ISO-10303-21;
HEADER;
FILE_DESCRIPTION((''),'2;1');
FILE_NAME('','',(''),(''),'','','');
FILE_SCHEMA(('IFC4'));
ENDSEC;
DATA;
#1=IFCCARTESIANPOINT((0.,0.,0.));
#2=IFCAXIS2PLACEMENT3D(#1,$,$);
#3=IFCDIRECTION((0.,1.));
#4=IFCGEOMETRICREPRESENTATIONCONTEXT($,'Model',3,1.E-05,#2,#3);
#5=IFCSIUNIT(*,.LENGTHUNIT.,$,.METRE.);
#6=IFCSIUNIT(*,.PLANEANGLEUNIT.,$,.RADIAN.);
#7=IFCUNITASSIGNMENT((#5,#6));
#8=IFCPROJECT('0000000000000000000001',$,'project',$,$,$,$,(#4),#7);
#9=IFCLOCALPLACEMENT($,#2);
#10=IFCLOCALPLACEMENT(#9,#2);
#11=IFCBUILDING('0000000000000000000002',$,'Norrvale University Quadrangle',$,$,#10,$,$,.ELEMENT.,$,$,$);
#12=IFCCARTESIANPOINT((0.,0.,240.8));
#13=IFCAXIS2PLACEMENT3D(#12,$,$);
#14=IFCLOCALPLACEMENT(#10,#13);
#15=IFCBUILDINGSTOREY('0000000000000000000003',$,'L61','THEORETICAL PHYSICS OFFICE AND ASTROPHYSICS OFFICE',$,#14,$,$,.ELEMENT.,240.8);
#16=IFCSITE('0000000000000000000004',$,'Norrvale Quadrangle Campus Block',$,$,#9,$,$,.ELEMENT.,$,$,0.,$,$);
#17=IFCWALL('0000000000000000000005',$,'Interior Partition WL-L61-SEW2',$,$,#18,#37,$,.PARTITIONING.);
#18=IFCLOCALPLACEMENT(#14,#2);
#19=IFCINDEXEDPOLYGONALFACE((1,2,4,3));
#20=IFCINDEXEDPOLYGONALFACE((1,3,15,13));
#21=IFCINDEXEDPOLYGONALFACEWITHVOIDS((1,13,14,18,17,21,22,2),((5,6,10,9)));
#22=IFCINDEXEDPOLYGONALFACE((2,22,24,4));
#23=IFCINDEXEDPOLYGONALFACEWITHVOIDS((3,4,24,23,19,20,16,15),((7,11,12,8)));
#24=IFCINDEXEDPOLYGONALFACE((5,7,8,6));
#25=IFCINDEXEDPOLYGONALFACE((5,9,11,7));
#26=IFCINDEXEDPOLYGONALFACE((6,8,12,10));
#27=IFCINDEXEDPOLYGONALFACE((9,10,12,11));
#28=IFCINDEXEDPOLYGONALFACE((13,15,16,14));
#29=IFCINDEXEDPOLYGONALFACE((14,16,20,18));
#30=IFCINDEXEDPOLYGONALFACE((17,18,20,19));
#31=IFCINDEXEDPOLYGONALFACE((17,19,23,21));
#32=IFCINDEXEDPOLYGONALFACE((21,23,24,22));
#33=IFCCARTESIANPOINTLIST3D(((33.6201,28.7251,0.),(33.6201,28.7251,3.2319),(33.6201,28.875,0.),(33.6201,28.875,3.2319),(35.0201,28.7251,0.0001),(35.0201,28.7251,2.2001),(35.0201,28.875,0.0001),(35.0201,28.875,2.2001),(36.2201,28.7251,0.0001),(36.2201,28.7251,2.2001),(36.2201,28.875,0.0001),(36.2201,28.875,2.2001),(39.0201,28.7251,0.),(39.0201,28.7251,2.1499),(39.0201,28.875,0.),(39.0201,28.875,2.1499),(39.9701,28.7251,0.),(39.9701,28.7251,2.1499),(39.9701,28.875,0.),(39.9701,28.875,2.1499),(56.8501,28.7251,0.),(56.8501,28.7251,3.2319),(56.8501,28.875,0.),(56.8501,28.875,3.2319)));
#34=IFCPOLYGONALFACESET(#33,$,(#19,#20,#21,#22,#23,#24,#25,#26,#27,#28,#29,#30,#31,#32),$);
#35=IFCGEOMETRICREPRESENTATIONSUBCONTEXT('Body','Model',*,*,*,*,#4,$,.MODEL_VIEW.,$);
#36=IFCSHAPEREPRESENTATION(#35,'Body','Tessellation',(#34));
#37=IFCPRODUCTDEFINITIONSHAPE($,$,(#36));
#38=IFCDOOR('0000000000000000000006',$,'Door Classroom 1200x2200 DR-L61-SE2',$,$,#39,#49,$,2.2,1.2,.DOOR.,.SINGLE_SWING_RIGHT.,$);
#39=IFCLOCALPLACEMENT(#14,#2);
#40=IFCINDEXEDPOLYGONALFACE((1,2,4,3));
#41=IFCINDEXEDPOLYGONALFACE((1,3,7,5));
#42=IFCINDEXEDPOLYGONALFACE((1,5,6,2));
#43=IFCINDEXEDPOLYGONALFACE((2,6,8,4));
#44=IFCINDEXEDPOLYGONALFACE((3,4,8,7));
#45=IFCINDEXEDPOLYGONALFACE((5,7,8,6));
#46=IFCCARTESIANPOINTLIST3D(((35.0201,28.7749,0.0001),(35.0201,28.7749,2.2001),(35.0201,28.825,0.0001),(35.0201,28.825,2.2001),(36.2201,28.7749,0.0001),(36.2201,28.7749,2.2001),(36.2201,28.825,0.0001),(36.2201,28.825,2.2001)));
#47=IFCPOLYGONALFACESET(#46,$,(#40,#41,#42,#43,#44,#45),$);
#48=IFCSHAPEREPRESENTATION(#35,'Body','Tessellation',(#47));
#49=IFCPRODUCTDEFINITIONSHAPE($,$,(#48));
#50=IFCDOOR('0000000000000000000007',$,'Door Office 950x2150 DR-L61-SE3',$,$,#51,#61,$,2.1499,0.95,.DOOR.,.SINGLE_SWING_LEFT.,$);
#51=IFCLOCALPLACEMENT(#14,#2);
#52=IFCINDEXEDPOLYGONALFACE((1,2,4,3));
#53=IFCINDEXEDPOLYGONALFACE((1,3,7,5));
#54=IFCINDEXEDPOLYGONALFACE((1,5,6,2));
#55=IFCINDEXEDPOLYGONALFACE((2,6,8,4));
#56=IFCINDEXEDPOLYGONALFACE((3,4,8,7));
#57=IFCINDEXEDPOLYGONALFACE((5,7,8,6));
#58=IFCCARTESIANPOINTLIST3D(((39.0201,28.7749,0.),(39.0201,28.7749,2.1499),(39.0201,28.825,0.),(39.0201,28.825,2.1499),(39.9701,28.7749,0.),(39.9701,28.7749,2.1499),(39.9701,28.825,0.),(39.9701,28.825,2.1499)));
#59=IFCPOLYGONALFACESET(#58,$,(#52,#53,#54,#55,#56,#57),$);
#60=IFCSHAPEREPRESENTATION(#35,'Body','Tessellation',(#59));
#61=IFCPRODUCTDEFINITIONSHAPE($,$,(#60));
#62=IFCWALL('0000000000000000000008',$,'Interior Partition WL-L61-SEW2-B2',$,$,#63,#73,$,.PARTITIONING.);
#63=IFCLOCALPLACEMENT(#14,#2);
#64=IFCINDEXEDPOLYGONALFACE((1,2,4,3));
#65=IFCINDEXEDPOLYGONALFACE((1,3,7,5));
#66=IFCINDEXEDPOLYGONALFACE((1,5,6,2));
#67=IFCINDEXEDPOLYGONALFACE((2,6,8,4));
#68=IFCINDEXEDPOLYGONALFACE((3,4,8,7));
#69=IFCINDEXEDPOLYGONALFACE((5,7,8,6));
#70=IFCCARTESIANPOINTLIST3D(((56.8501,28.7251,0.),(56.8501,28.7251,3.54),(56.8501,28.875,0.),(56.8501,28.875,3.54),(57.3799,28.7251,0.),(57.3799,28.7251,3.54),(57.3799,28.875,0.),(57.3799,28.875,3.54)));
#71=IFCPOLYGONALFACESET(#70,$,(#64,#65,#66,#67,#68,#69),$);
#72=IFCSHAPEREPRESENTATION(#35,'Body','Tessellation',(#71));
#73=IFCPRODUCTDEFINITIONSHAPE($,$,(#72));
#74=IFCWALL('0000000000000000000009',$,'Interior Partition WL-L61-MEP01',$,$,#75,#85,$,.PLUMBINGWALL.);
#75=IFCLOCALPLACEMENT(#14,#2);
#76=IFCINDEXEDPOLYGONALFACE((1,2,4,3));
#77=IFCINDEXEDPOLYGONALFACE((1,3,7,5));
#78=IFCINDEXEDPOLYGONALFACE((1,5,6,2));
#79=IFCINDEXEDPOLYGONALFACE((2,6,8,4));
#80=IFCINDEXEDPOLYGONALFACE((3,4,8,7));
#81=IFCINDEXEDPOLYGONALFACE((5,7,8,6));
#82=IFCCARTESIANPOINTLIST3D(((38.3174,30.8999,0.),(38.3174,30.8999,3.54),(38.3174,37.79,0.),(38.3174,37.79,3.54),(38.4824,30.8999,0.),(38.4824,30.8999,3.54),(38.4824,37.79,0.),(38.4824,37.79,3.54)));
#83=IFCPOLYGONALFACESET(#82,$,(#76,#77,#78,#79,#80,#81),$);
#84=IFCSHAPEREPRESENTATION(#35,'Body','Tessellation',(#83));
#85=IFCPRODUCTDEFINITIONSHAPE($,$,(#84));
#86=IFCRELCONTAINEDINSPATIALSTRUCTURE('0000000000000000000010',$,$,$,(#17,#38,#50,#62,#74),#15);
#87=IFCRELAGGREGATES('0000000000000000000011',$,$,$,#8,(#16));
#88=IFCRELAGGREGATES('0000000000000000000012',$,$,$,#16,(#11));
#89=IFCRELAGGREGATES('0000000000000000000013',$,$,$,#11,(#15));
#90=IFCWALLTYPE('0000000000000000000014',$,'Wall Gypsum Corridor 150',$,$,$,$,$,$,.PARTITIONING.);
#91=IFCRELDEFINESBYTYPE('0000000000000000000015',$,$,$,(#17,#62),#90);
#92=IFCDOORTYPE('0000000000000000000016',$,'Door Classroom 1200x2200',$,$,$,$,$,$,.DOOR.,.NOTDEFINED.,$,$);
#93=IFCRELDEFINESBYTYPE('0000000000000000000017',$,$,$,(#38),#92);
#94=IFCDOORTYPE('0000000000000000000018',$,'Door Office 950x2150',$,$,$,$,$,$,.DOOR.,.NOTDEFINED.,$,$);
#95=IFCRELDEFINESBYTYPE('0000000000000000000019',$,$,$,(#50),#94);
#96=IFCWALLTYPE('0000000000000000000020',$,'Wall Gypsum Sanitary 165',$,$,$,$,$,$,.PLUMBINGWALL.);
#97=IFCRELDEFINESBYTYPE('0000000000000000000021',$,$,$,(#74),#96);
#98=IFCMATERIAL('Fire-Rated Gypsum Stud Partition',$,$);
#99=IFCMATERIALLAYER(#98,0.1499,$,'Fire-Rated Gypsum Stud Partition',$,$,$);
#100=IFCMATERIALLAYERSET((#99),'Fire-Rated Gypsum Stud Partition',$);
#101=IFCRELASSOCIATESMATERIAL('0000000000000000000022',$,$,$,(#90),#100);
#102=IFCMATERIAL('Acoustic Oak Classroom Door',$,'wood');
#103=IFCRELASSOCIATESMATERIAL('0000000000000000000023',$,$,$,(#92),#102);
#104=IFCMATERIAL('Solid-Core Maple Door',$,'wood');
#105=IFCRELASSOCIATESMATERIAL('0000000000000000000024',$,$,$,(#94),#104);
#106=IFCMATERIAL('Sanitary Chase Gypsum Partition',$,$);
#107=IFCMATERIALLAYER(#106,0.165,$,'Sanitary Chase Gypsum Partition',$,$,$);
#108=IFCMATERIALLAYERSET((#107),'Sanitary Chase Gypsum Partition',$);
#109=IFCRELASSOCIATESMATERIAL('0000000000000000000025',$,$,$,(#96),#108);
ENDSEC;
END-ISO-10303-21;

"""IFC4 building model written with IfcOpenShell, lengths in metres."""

from ifc_helpers import new_model, si_unit, direction, frame, frame_2d, origin, place, context, subcontext, project, spatial, rectangle, extrude, material, layer, layer_set, type_object, element, fill, save


model = new_model("IFC4")

# Units and contexts
model_context = context("Model", 3, precision=1e-05, world=origin(), true_north=direction((0.0, 1.0)))
body_context = subcontext(model_context, "Body", "Model", "MODEL_VIEW")
ifc_project = project(units=[si_unit("LENGTHUNIT", "METRE"), si_unit("PLANEANGLEUNIT", "RADIAN")], contexts=[model_context])

# Site, building, storey
site_placement = place(None, origin())
site = spatial("IfcSite", under=ifc_project, at=site_placement, Name="Norrvale Quadrangle Campus Block", CompositionType="ELEMENT", RefElevation=0.0)
building_placement = place(site_placement, origin())
building = spatial("IfcBuilding", under=site, at=building_placement, Name="Norrvale University Quadrangle", CompositionType="ELEMENT")
storey_placement = place(building_placement, frame((0.0, 0.0, 240.8)))
storey = spatial("IfcBuildingStorey", under=building, at=storey_placement, Name="L61", Description="THEORETICAL PHYSICS OFFICE AND ASTROPHYSICS OFFICE", CompositionType="ELEMENT", Elevation=240.8)

# Shared definitions
ifc_material_1 = material(Name="Fire-Rated Gypsum Stud Partition")
ifc_layer_1 = layer(ifc_material_1, 0.1499, Name="Fire-Rated Gypsum Stud Partition")
ifc_layer_set_1 = layer_set([ifc_layer_1], Name="Fire-Rated Gypsum Stud Partition")
wall_type_1 = type_object("IfcWallType", Name="Wall Gypsum Corridor 150", PredefinedType="PARTITIONING", material=ifc_layer_set_1)

# Wall, openings, doors
wall_1_placement = place(storey_placement, frame((33.6201, 28.8, 0.0), z_axis=(0.0, 0.0, 1.0), x_axis=(1.0, 0.0, 0.0)))
wall_1 = element("IfcWall", 1, at=wall_1_placement, inside=storey, type_object=wall_type_1, Name="Interior Partition WL-L61-SEW2", PredefinedType="PARTITIONING", context=body_context, shape_type="SweptSolid", body=[
    extrude(rectangle(XDim=23.23, YDim=0.1499, at=frame_2d((11.615, 0.0))), origin(), (0.0, 0.0, 1.0), 3.2319),
])
opening_1_placement = place(wall_1_placement, frame((1.3999, 0.0, 0.0)))
opening_1 = element("IfcOpeningElement", 2, at=opening_1_placement, cuts=wall_1, PredefinedType="OPENING", context=body_context, shape_type="SweptSolid", body=[
    extrude(rectangle(XDim=1.2, YDim=2.2, at=frame_2d((0.6001, 1.1001))), frame((0.0, 0.0869, 0.0), z_axis=(0.0, -1.0, 0.0), x_axis=(1.0, 0.0, 0.0)), (0.0, 0.0, 1.0), 0.1738),
])
opening_2_placement = place(wall_1_placement, frame((5.3999, 0.0, 0.0)))
opening_2 = element("IfcOpeningElement", 3, at=opening_2_placement, cuts=wall_1, PredefinedType="OPENING", context=body_context, shape_type="SweptSolid", body=[
    extrude(rectangle(XDim=0.95, YDim=2.1499, at=frame_2d((0.4751, 1.075))), frame((0.0, 0.0869, 0.0), z_axis=(0.0, -1.0, 0.0), x_axis=(1.0, 0.0, 0.0)), (0.0, 0.0, 1.0), 0.1738),
])
ifc_material_2 = material(Name="Acoustic Oak Classroom Door", Category="wood")
door_type_1 = type_object("IfcDoorType", Name="Door Classroom 1200x2200", OperationType="NOTDEFINED", PredefinedType="DOOR", material=ifc_material_2)
door_1_placement = place(opening_1_placement, origin())
door_1 = element("IfcDoor", 4, at=door_1_placement, inside=storey, type_object=door_type_1, Name="Door Classroom 1200x2200 DR-L61-SE2", OperationType="SINGLE_SWING_RIGHT", OverallHeight=2.2, OverallWidth=1.2, PredefinedType="DOOR", context=body_context, shape_type="SweptSolid", body=[
    extrude(rectangle(XDim=1.2, YDim=2.2, at=frame_2d((0.6001, 1.1001))), frame((0.0, 0.0249, 0.0), z_axis=(0.0, -1.0, 0.0), x_axis=(1.0, 0.0, 0.0)), (0.0, 0.0, 1.0), 0.05),
])
fill(opening_1, door_1)
ifc_material_3 = material(Name="Solid-Core Maple Door", Category="wood")
door_type_2 = type_object("IfcDoorType", Name="Door Office 950x2150", OperationType="NOTDEFINED", PredefinedType="DOOR", material=ifc_material_3)
door_2_placement = place(opening_2_placement, origin())
door_2 = element("IfcDoor", 5, at=door_2_placement, inside=storey, type_object=door_type_2, Name="Door Office 950x2150 DR-L61-SE3", OperationType="SINGLE_SWING_LEFT", OverallHeight=2.1499, OverallWidth=0.95, PredefinedType="DOOR", context=body_context, shape_type="SweptSolid", body=[
    extrude(rectangle(XDim=0.95, YDim=2.1499, at=frame_2d((0.4751, 1.075))), frame((0.0, 0.0249, 0.0), z_axis=(0.0, -1.0, 0.0), x_axis=(1.0, 0.0, 0.0)), (0.0, 0.0, 1.0), 0.05),
])
fill(opening_2, door_2)

# Walls
wall_2_placement = place(storey_placement, frame((56.8501, 28.8, 0.0), z_axis=(0.0, 0.0, 1.0), x_axis=(1.0, 0.0, 0.0)))
element("IfcWall", 6, at=wall_2_placement, inside=storey, type_object=wall_type_1, Name="Interior Partition WL-L61-SEW2-B2", PredefinedType="PARTITIONING", context=body_context, shape_type="SweptSolid", body=[
    extrude(rectangle(XDim=0.5298, YDim=0.1499, at=frame_2d((0.2649, 0.0))), origin(), (0.0, 0.0, 1.0), 3.54),
])
ifc_material_4 = material(Name="Sanitary Chase Gypsum Partition")
ifc_layer_2 = layer(ifc_material_4, 0.165, Name="Sanitary Chase Gypsum Partition")
ifc_layer_set_2 = layer_set([ifc_layer_2], Name="Sanitary Chase Gypsum Partition")
wall_type_2 = type_object("IfcWallType", Name="Wall Gypsum Sanitary 165", PredefinedType="PLUMBINGWALL", material=ifc_layer_set_2)
wall_3_placement = place(storey_placement, frame((38.3999, 30.8999, 0.0), z_axis=(0.0, 0.0, 1.0), x_axis=(0.0, 1.0, 0.0)))
element("IfcWall", 7, at=wall_3_placement, inside=storey, type_object=wall_type_2, Name="Interior Partition WL-L61-MEP01", PredefinedType="PLUMBINGWALL", context=body_context, shape_type="SweptSolid", body=[
    extrude(rectangle(XDim=6.8901, YDim=0.165, at=frame_2d((3.4451, 0.0))), origin(), (0.0, 0.0, 1.0), 3.54),
])

save(model, "model.ifc")
